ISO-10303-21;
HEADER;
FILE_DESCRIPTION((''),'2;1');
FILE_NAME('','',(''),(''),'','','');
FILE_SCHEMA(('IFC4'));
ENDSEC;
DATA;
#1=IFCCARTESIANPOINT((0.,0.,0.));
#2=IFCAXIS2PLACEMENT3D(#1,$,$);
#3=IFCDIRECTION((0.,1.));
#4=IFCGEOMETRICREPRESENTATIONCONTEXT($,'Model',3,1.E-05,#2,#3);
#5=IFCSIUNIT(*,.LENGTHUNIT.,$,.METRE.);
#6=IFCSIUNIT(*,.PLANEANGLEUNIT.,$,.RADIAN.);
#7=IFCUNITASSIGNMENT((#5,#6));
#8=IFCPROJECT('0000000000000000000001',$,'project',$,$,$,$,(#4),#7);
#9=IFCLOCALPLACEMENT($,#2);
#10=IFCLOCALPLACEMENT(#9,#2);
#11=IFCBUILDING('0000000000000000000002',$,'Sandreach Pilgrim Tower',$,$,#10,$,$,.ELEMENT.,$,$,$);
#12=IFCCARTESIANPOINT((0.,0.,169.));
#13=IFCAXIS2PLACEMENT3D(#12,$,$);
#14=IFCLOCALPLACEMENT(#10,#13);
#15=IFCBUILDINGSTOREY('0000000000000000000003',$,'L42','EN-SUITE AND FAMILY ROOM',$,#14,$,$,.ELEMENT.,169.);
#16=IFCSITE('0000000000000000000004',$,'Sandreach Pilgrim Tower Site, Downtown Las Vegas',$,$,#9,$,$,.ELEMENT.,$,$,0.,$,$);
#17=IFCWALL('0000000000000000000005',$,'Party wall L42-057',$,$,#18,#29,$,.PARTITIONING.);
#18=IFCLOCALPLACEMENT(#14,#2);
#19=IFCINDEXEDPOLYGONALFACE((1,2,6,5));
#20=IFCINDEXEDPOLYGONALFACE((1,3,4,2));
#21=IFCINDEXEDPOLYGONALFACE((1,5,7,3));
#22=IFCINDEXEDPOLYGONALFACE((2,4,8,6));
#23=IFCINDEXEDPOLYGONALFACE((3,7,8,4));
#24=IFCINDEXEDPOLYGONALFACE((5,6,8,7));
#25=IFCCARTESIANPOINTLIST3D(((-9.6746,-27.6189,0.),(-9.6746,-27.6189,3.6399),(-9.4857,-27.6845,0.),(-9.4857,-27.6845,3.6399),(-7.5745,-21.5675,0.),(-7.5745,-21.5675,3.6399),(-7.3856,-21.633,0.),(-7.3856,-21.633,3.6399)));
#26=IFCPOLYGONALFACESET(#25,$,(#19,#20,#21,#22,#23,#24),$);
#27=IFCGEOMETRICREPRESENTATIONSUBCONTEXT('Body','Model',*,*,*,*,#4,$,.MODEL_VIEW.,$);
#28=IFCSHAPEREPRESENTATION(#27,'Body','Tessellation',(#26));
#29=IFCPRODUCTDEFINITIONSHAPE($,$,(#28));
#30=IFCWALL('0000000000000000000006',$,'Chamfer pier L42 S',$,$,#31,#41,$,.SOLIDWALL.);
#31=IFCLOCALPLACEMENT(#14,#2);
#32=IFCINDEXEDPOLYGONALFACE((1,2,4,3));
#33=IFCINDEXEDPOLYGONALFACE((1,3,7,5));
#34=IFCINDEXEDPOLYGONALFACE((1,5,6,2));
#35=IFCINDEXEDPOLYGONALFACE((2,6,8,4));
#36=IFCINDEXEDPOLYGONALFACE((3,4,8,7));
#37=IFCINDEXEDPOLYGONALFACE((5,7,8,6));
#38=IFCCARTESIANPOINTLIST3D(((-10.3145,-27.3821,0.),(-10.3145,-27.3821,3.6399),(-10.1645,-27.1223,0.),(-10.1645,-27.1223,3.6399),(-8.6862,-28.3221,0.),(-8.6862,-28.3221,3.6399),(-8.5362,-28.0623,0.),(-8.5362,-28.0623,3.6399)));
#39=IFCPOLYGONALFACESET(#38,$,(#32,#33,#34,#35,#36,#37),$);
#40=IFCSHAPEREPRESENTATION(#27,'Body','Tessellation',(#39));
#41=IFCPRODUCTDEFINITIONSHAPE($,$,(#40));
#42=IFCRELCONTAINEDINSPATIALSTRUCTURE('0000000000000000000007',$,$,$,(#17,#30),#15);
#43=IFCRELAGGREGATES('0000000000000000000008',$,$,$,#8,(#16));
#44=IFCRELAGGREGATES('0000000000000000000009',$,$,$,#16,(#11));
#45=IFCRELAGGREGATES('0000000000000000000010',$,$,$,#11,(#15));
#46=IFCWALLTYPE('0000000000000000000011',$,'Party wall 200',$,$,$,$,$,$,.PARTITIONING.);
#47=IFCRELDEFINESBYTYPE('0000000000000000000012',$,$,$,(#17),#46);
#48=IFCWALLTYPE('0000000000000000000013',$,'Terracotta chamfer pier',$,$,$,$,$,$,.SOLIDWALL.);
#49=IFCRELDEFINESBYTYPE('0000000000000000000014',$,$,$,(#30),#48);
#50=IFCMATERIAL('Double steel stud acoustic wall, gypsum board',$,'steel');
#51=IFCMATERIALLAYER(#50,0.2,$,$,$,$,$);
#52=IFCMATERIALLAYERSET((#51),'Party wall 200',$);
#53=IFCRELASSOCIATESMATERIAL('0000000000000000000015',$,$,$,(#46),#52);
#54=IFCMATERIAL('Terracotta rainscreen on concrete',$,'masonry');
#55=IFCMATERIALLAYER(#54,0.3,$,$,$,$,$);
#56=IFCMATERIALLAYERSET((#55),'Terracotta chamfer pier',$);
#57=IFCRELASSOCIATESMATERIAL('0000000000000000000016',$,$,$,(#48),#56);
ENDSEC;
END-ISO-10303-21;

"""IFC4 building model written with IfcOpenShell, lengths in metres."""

from ifc_helpers import new_model, si_unit, direction, frame, frame_2d, origin, place, context, subcontext, project, spatial, rectangle, extrude, material, layer, layer_set, type_object, element, save


model = new_model("IFC4")

# Units and contexts
model_context = context("Model", 3, precision=1e-05, world=origin(), true_north=direction((0.0, 1.0)))
body_context = subcontext(model_context, "Body", "Model", "MODEL_VIEW")
ifc_project = project(units=[si_unit("LENGTHUNIT", "METRE"), si_unit("PLANEANGLEUNIT", "RADIAN")], contexts=[model_context])

# Site, building, storey
site_placement = place(None, origin())
site = spatial("IfcSite", under=ifc_project, at=site_placement, Name="Sandreach Pilgrim Tower Site, Downtown Las Vegas", CompositionType="ELEMENT", RefElevation=0.0)
building_placement = place(site_placement, origin())
building = spatial("IfcBuilding", under=site, at=building_placement, Name="Sandreach Pilgrim Tower", CompositionType="ELEMENT")
storey_placement = place(building_placement, frame((0.0, 0.0, 169.0)))
storey = spatial("IfcBuildingStorey", under=building, at=storey_placement, Name="L42", Description="EN-SUITE AND FAMILY ROOM", CompositionType="ELEMENT", Elevation=169.0)

# Walls
ifc_material_1 = material(Name="Double steel stud acoustic wall, gypsum board", Category="steel")
ifc_layer_1 = layer(ifc_material_1, 0.2)
ifc_layer_set_1 = layer_set([ifc_layer_1], Name="Party wall 200")
wall_type_1 = type_object("IfcWallType", Name="Party wall 200", PredefinedType="PARTITIONING", material=ifc_layer_set_1)
wall_1_placement = place(storey_placement, frame((-9.5801, -27.6516, 0.0), z_axis=(0.0, 0.0, 1.0), x_axis=(0.327855, 0.944728, 0.0)))
element("IfcWall", 1, at=wall_1_placement, inside=storey, type_object=wall_type_1, Name="Party wall L42-057", PredefinedType="PARTITIONING", context=body_context, shape_type="SweptSolid", body=[
    extrude(rectangle(XDim=6.4055, YDim=0.2, at=frame_2d((3.2026, 0.0))), origin(), (0.0, 0.0, 1.0), 3.6399),
])
ifc_material_2 = material(Name="Terracotta rainscreen on concrete", Category="masonry")
ifc_layer_2 = layer(ifc_material_2, 0.3)
ifc_layer_set_2 = layer_set([ifc_layer_2], Name="Terracotta chamfer pier")
wall_type_2 = type_object("IfcWallType", Name="Terracotta chamfer pier", PredefinedType="SOLIDWALL", material=ifc_layer_set_2)
wall_2_placement = place(storey_placement, frame((-8.6113, -28.1921, 0.0), z_axis=(0.0, 0.0, 1.0), x_axis=(-0.866045, 0.499966, 0.0)))
element("IfcWall", 2, at=wall_2_placement, inside=storey, type_object=wall_type_2, Name="Chamfer pier L42 S", PredefinedType="SOLIDWALL", context=body_context, shape_type="SweptSolid", body=[
    extrude(rectangle(XDim=1.8801, YDim=0.3, at=frame_2d((0.9399, 0.0))), origin(), (0.0, 0.0, 1.0), 3.6399),
])

save(model, "model.ifc")
